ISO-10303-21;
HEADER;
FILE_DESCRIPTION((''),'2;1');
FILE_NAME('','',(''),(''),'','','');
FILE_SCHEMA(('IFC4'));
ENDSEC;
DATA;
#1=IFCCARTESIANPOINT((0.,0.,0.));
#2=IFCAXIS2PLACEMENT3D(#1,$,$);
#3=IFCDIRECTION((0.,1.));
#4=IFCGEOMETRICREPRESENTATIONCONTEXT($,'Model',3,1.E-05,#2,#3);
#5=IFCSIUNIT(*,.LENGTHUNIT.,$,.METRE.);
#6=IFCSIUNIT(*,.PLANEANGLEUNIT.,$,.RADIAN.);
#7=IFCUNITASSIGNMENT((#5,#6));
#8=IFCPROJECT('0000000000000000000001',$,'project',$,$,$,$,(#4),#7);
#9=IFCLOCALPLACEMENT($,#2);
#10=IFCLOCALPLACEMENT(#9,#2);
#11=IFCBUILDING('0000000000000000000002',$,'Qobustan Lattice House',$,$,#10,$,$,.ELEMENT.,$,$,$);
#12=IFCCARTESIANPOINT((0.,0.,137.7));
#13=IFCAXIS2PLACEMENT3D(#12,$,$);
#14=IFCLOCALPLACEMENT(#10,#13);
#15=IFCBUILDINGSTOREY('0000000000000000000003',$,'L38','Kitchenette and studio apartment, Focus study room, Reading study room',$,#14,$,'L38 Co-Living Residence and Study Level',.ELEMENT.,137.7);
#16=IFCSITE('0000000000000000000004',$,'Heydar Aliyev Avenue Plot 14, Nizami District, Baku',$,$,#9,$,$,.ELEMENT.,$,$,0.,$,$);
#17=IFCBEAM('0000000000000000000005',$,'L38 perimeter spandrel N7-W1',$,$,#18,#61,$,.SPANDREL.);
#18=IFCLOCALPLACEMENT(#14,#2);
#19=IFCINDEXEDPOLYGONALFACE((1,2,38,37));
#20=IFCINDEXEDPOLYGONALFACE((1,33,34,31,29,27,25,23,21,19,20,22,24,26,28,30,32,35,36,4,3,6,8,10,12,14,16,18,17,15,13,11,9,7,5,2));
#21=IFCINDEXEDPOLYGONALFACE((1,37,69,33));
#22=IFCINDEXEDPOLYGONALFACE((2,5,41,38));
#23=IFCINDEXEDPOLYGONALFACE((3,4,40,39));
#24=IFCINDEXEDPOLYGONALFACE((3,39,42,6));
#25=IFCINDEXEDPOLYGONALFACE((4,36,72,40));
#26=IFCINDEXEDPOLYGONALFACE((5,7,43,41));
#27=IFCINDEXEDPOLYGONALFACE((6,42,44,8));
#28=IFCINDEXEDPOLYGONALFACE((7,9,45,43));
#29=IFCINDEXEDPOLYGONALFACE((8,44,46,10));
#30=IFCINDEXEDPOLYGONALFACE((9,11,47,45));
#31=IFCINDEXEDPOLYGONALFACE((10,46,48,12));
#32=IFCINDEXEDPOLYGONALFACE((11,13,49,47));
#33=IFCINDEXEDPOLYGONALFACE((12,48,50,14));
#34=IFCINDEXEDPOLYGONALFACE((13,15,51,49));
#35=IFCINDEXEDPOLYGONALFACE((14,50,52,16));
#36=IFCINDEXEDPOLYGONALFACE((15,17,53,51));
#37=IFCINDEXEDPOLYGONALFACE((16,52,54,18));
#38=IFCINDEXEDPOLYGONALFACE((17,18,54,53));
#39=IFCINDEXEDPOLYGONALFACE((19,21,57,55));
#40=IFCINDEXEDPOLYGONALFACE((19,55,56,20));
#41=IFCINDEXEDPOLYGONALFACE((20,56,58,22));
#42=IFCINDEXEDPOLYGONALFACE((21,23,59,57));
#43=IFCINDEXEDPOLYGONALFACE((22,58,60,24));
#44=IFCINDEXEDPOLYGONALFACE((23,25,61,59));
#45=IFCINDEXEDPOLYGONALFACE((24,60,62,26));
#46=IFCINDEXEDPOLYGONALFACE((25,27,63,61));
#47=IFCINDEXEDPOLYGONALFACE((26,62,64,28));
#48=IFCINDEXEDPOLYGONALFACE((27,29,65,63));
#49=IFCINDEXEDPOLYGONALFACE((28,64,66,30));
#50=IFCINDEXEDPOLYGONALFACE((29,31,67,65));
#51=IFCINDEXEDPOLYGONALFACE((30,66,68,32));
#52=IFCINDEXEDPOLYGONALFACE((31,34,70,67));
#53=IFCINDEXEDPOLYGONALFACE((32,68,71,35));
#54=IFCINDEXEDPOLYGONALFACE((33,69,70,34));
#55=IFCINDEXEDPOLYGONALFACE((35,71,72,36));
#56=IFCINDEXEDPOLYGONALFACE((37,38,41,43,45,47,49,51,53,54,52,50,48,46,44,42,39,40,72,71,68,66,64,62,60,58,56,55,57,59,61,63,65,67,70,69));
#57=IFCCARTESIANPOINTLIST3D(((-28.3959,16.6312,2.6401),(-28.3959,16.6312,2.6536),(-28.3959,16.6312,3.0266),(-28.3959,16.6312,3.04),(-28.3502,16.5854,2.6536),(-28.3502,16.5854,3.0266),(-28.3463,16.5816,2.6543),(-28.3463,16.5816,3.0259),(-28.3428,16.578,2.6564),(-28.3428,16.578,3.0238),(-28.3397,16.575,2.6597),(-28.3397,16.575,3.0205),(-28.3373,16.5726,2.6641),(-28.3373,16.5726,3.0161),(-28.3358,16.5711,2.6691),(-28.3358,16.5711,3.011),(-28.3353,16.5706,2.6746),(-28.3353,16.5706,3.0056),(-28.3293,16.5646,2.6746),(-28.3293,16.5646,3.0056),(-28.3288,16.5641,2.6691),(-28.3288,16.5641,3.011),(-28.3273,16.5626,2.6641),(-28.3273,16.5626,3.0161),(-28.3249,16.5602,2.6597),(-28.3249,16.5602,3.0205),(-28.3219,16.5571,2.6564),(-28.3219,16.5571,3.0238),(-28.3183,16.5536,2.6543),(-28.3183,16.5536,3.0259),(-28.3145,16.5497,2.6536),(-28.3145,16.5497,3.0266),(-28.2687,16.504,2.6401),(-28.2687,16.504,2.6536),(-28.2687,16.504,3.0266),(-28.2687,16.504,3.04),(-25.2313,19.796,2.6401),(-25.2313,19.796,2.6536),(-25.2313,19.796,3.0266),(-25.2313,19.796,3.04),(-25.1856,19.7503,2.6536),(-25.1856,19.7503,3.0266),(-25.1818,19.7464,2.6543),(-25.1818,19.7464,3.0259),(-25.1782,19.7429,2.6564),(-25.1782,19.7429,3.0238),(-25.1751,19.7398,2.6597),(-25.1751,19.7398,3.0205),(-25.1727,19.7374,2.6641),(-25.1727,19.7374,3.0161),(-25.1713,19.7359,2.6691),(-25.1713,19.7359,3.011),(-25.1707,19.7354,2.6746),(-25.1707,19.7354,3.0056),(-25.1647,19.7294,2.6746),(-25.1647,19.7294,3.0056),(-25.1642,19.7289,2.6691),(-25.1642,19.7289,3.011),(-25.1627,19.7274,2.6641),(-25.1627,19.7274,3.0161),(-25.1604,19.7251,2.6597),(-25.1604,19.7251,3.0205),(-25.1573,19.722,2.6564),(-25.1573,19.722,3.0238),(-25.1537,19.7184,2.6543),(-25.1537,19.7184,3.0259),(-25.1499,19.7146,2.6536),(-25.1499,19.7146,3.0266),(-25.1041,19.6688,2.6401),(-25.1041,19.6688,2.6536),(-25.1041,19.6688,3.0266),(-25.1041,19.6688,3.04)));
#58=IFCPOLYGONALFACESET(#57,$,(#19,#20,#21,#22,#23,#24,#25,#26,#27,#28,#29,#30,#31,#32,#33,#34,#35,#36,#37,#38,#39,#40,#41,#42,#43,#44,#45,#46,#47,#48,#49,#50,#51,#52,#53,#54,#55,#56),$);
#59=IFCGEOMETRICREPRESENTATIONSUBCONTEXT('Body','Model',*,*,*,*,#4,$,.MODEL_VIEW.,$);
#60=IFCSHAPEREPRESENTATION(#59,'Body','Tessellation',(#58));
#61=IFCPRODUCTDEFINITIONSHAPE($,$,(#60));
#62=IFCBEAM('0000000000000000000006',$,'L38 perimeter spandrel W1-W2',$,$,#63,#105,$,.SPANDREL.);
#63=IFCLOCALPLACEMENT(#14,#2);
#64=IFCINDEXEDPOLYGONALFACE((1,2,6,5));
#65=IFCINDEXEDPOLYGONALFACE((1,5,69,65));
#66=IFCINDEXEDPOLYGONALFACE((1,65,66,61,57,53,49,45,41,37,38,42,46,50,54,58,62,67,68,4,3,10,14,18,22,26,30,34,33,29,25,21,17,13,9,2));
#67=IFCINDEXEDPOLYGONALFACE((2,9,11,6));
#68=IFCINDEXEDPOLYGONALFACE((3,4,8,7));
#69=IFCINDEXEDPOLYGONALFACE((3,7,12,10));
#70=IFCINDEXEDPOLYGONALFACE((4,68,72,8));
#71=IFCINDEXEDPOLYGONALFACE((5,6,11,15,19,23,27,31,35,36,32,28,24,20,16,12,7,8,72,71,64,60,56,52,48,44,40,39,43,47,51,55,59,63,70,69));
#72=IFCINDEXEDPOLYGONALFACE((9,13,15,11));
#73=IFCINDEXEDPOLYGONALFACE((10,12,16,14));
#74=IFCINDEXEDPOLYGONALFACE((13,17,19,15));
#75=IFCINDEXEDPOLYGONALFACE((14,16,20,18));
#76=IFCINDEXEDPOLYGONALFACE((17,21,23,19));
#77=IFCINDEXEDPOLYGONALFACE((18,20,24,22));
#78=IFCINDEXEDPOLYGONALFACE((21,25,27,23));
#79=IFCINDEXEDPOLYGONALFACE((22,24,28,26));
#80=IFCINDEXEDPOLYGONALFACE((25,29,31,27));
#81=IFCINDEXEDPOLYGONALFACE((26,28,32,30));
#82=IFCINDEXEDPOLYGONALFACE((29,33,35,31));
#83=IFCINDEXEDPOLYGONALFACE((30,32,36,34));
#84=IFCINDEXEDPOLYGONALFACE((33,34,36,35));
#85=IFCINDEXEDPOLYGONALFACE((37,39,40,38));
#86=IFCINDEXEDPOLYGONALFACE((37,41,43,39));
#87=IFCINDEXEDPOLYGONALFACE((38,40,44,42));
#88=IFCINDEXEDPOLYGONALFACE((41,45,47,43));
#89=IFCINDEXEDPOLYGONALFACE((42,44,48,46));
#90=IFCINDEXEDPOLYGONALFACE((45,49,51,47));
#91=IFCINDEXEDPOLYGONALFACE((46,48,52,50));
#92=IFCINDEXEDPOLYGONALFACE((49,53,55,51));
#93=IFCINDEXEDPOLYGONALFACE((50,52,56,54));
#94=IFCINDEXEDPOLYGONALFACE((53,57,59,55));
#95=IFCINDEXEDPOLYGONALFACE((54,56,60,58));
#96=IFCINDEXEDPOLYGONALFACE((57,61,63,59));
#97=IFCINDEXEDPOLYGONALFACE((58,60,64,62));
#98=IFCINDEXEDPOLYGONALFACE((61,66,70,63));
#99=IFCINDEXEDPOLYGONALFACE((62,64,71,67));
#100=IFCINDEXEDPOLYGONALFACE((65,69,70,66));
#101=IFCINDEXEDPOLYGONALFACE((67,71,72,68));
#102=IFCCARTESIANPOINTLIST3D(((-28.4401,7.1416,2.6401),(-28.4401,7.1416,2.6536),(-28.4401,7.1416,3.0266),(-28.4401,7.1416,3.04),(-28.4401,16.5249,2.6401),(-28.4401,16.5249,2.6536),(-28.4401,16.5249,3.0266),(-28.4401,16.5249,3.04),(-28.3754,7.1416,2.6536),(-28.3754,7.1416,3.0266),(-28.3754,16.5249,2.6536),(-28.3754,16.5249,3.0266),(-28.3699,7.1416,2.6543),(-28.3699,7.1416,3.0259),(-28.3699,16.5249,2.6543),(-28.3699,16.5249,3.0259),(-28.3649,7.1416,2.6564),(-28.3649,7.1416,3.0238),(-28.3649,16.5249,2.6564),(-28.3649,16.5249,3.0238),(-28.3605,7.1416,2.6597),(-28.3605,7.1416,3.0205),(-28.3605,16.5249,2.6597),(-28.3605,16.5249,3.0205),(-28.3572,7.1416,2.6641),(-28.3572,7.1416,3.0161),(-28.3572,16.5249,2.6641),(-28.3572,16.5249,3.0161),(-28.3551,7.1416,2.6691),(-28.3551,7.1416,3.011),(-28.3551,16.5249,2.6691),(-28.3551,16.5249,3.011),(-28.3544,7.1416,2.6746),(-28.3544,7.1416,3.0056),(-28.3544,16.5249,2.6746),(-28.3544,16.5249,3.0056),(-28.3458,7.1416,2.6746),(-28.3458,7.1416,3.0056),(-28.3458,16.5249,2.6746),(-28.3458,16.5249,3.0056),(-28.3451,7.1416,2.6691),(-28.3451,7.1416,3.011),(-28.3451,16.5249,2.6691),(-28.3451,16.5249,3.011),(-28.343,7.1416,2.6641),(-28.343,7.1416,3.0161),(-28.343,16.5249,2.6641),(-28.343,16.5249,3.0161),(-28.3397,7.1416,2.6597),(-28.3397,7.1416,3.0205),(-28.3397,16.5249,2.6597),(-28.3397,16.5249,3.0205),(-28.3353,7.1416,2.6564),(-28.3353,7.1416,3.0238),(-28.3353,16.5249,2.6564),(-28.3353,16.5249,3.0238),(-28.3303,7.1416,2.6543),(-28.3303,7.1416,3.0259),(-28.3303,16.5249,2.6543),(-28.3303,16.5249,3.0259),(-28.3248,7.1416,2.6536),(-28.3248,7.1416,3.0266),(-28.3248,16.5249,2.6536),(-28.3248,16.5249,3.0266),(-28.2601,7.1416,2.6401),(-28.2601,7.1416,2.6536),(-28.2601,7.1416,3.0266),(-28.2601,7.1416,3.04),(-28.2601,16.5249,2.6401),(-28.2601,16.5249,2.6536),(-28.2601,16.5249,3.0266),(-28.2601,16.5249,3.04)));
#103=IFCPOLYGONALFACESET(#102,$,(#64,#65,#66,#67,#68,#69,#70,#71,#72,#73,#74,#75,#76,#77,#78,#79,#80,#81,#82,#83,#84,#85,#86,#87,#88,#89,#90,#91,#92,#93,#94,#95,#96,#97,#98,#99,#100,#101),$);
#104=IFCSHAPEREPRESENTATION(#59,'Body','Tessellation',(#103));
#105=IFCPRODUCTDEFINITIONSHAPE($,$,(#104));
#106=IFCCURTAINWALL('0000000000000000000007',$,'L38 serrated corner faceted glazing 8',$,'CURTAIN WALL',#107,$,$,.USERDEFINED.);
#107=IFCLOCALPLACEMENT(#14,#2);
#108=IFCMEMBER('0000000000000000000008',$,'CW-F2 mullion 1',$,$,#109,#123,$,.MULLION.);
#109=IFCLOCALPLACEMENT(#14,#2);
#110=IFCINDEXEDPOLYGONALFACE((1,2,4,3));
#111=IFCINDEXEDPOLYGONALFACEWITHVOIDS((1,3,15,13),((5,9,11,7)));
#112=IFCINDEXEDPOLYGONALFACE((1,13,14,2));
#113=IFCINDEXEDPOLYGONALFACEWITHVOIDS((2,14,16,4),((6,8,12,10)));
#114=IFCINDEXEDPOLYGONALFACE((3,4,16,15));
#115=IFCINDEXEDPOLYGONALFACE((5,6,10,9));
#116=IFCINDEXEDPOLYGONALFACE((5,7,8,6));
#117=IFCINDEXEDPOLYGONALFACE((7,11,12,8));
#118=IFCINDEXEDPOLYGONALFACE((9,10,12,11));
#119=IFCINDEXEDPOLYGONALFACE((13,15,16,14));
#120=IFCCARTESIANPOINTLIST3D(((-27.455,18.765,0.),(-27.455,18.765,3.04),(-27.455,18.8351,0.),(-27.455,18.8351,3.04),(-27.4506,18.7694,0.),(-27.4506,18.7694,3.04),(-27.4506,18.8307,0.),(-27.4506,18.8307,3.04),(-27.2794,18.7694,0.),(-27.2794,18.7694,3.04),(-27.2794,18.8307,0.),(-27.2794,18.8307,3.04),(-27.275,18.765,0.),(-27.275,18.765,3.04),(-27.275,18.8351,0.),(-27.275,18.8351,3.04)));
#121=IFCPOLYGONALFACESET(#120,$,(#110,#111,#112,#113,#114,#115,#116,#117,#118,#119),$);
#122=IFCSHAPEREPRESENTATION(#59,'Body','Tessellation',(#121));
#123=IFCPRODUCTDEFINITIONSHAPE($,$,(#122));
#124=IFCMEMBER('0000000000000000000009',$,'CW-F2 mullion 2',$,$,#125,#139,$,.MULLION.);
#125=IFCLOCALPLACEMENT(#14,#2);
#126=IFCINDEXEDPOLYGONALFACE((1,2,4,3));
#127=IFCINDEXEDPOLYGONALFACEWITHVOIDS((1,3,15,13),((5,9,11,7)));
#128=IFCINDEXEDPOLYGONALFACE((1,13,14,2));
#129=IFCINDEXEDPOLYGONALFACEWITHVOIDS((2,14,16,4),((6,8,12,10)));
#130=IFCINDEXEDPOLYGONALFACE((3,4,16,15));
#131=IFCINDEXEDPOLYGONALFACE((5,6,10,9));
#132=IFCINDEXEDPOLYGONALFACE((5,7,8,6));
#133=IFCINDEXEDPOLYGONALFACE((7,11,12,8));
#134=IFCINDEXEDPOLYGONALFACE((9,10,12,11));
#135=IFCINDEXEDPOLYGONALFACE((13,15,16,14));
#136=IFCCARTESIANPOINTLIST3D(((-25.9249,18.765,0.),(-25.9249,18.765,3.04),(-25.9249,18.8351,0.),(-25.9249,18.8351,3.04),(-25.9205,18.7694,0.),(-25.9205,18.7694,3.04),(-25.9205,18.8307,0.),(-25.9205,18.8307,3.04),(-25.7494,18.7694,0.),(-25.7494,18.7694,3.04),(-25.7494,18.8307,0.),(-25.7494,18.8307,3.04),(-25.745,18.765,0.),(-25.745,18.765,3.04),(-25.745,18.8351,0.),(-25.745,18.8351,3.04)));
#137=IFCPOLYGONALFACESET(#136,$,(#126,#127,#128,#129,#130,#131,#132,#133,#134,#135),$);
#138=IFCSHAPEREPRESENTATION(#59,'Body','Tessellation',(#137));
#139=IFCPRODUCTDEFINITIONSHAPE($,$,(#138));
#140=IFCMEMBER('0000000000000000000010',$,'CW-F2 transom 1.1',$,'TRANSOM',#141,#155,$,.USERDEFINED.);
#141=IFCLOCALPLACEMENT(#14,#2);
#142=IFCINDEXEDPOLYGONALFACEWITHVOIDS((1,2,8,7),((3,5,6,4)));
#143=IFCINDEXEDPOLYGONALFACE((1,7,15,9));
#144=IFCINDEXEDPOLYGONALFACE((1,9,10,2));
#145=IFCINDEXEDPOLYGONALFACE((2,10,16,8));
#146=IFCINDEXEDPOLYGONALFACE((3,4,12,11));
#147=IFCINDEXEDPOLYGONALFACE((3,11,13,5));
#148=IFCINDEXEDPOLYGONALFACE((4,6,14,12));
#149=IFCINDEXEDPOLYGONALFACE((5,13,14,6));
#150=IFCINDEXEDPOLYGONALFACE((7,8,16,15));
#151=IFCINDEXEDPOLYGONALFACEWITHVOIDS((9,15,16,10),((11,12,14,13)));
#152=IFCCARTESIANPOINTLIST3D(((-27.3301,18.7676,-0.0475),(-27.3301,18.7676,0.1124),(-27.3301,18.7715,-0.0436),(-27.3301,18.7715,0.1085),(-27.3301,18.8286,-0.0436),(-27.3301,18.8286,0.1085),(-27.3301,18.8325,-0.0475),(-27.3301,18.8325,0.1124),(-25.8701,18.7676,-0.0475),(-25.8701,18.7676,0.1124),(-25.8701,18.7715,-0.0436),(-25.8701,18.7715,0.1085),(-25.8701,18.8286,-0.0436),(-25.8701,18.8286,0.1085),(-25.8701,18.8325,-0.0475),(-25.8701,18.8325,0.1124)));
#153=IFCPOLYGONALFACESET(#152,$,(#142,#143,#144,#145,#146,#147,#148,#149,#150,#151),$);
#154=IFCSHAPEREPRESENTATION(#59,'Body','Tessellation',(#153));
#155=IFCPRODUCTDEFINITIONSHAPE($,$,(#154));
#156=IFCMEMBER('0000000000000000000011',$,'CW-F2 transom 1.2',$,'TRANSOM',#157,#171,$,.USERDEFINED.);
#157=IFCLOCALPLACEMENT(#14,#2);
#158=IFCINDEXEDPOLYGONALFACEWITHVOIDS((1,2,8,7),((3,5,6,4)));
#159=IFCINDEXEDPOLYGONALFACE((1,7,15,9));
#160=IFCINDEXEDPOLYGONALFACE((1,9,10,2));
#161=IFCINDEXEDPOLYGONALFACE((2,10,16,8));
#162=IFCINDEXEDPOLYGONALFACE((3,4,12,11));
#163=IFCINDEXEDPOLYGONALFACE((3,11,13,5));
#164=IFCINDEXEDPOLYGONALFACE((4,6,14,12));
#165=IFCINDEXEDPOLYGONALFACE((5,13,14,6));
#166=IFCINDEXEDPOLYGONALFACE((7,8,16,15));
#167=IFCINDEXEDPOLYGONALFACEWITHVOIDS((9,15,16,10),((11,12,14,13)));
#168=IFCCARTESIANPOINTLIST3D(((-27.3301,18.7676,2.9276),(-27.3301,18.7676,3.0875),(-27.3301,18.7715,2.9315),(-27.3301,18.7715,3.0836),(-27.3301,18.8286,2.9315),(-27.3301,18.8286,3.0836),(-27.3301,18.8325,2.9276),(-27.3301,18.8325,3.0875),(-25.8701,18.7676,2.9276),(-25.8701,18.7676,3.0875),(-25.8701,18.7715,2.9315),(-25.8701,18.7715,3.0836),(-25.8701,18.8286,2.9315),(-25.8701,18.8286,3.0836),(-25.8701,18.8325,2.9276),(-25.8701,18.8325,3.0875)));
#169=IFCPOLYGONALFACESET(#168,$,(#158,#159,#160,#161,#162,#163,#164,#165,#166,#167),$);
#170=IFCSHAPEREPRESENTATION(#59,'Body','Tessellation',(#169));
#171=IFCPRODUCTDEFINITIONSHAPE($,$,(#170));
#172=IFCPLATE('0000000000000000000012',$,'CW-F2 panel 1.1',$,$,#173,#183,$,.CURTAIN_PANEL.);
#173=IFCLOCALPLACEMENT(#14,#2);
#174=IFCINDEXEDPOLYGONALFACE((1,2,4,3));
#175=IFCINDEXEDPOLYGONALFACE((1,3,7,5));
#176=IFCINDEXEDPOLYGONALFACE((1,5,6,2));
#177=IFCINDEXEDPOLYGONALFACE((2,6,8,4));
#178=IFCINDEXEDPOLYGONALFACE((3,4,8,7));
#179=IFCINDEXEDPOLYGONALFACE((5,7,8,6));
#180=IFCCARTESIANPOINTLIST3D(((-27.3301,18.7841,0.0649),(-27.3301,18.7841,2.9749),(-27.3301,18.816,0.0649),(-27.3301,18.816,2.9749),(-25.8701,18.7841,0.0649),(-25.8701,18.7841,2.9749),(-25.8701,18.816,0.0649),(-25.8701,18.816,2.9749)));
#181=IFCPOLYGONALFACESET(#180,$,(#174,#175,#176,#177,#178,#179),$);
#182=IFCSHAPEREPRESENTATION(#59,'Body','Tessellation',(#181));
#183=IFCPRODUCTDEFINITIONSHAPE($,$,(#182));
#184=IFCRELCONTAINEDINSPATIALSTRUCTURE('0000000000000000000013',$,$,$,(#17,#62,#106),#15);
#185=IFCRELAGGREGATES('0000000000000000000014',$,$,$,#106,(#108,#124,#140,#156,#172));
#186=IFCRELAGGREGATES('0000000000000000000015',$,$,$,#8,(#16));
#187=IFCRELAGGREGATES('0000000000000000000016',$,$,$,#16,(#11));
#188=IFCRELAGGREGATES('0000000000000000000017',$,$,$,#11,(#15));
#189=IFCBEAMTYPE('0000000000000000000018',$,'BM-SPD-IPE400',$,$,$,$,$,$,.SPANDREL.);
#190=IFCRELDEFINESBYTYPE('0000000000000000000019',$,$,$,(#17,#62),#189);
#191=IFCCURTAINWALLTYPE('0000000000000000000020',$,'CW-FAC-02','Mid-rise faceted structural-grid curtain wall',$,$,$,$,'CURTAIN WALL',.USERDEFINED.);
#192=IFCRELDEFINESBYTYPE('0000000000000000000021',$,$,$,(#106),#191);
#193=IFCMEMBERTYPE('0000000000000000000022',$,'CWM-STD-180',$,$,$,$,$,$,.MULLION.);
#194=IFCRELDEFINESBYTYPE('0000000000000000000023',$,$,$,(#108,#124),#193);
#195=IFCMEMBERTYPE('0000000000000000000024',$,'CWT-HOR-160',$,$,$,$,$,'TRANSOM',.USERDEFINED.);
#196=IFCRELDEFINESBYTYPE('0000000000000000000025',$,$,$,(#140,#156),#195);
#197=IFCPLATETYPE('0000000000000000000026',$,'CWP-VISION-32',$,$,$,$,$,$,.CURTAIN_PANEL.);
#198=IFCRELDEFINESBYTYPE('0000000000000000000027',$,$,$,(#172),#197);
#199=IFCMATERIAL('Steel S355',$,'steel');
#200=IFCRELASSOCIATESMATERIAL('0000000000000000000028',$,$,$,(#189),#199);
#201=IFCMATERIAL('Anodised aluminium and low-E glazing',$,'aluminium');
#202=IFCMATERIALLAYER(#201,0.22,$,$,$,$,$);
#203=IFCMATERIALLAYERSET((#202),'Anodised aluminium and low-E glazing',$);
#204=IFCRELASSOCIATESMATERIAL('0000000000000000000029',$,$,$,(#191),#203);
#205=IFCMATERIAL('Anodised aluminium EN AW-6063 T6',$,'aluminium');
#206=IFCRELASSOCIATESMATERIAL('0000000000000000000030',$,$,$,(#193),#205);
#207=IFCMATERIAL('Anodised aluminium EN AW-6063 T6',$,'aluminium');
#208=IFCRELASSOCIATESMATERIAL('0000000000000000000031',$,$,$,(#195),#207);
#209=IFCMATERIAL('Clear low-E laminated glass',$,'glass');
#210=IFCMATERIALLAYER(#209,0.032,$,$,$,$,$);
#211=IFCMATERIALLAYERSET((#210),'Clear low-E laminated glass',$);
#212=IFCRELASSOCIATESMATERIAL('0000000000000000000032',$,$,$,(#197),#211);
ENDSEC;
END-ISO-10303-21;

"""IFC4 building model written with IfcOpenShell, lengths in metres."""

from ifc_helpers import new_model, si_unit, direction, frame, origin, origin_2d, place, context, subcontext, project, spatial, rectangle, hollow_rectangle, i_section, extrude, material, layer, layer_set, material_profile, profile_set, type_object, element, aggregate, save


model = new_model("IFC4")

# Units and contexts
model_context = context("Model", 3, precision=1e-05, world=origin(), true_north=direction((0.0, 1.0)))
body_context = subcontext(model_context, "Body", "Model", "MODEL_VIEW")
ifc_project = project(units=[si_unit("LENGTHUNIT", "METRE"), si_unit("PLANEANGLEUNIT", "RADIAN")], contexts=[model_context])

# Site, building, storey
site_placement = place(None, origin())
site = spatial("IfcSite", under=ifc_project, at=site_placement, Name="Heydar Aliyev Avenue Plot 14, Nizami District, Baku", CompositionType="ELEMENT", RefElevation=0.0)
building_placement = place(site_placement, origin())
building = spatial("IfcBuilding", under=site, at=building_placement, Name="Qobustan Lattice House", CompositionType="ELEMENT")
storey_placement = place(building_placement, frame((0.0, 0.0, 137.7)))
storey = spatial("IfcBuildingStorey", under=building, at=storey_placement, Name="L38", Description="Kitchenette and studio apartment, Focus study room, Reading study room", LongName="L38 Co-Living Residence and Study Level", CompositionType="ELEMENT", Elevation=137.7)

# Beams
ifc_material_1 = material(Name="Steel S355", Category="steel")
ifc_material_profile_1 = material_profile(ifc_material_1, i_section(OverallWidth=0.1799, OverallDepth=0.3999, WebThickness=0.0085, FlangeThickness=0.0134, FilletRadius=0.021, at=origin_2d()), Name="IPE400")
ifc_profile_set_1 = profile_set([ifc_material_profile_1], Name="Steel S355")
beam_type_1 = type_object("IfcBeamType", Name="BM-SPD-IPE400", PredefinedType="SPANDREL", material=ifc_profile_set_1)
beam_1_placement = place(storey_placement, frame((-25.1677, 19.7324, 2.8401), z_axis=(-0.70708, -0.707134, 0.0), x_axis=(0.707134, -0.70708, 0.0)))
element("IfcBeam", 1, at=beam_1_placement, inside=storey, type_object=beam_type_1, Name="L38 perimeter spandrel N7-W1", PredefinedType="SPANDREL", context=body_context, shape_type="SweptSolid", body=[
    extrude(i_section(OverallWidth=0.1799, OverallDepth=0.3999, WebThickness=0.0085, FlangeThickness=0.0134, FilletRadius=0.021, at=origin_2d()), origin(), (0.0, 0.0, 1.0), 4.4756),
])
beam_2_placement = place(storey_placement, frame((-28.3501, 16.5249, 2.8401), z_axis=(0.0, -1.0, 0.0), x_axis=(1.0, 0.0, 0.0)))
element("IfcBeam", 2, at=beam_2_placement, inside=storey, type_object=beam_type_1, Name="L38 perimeter spandrel W1-W2", PredefinedType="SPANDREL", context=body_context, shape_type="SweptSolid", body=[
    extrude(i_section(OverallWidth=0.1799, OverallDepth=0.3999, WebThickness=0.0085, FlangeThickness=0.0134, FilletRadius=0.021, at=origin_2d()), origin(), (0.0, 0.0, 1.0), 9.3833),
])

# Curtain wall, members, plate
ifc_material_2 = material(Name="Anodised aluminium and low-E glazing", Category="aluminium")
ifc_layer_1 = layer(ifc_material_2, 0.22)
ifc_layer_set_1 = layer_set([ifc_layer_1], Name="Anodised aluminium and low-E glazing")
curtain_wall_type = type_object("IfcCurtainWallType", Name="CW-FAC-02", Description="Mid-rise faceted structural-grid curtain wall", ElementType="CURTAIN WALL", PredefinedType="USERDEFINED", material=ifc_layer_set_1)
curtain_wall_placement = place(storey_placement, origin())
curtain_wall = element("IfcCurtainWall", 3, at=curtain_wall_placement, inside=storey, type_object=curtain_wall_type, Name="L38 serrated corner faceted glazing 8", ObjectType="CURTAIN WALL", PredefinedType="USERDEFINED")
ifc_material_3 = material(Name="Anodised aluminium EN AW-6063 T6", Category="aluminium")
ifc_material_profile_2 = material_profile(ifc_material_3, hollow_rectangle(XDim=0.0701, YDim=0.1799, WallThickness=0.0044, at=origin_2d()), Name="CWM-180x70")
ifc_profile_set_2 = profile_set([ifc_material_profile_2], Name="Anodised aluminium EN AW-6063 T6")
member_type_1 = type_object("IfcMemberType", Name="CWM-STD-180", PredefinedType="MULLION", material=ifc_profile_set_2)
member_1_placement = place(storey_placement, frame((-27.365, 18.8, 0.0), z_axis=(0.0, 0.0, 1.0), x_axis=(0.0, 1.0, 0.0)))
member_1 = element("IfcMember", 4, at=member_1_placement, type_object=member_type_1, Name="CW-F2 mullion 1", PredefinedType="MULLION", context=body_context, shape_type="SweptSolid", body=[
    extrude(hollow_rectangle(XDim=0.0701, YDim=0.1799, WallThickness=0.0044, at=origin_2d()), origin(), (0.0, 0.0, 1.0), 3.04),
])
member_2_placement = place(storey_placement, frame((-25.835, 18.8, 0.0), z_axis=(0.0, 0.0, 1.0), x_axis=(0.0, 1.0, 0.0)))
member_2 = element("IfcMember", 5, at=member_2_placement, type_object=member_type_1, Name="CW-F2 mullion 2", PredefinedType="MULLION", context=body_context, shape_type="SweptSolid", body=[
    extrude(hollow_rectangle(XDim=0.0701, YDim=0.1799, WallThickness=0.0044, at=origin_2d()), origin(), (0.0, 0.0, 1.0), 3.04),
])
ifc_material_4 = material(Name="Anodised aluminium EN AW-6063 T6", Category="aluminium")
ifc_material_profile_3 = material_profile(ifc_material_4, hollow_rectangle(XDim=0.0649, YDim=0.1599, WallThickness=0.0039, at=origin_2d()), Name="CWT-160x65")
ifc_profile_set_3 = profile_set([ifc_material_profile_3], Name="Anodised aluminium EN AW-6063 T6")
member_type_2 = type_object("IfcMemberType", Name="CWT-HOR-160", ElementType="TRANSOM", PredefinedType="USERDEFINED", material=ifc_profile_set_3)
member_3_placement = place(storey_placement, frame((-27.3301, 18.8, 0.0325), z_axis=(1.0, 0.0, 0.0), x_axis=(0.0, 1.0, 0.0)))
member_3 = element("IfcMember", 6, at=member_3_placement, type_object=member_type_2, Name="CW-F2 transom 1.1", ObjectType="TRANSOM", PredefinedType="USERDEFINED", context=body_context, shape_type="SweptSolid", body=[
    extrude(hollow_rectangle(XDim=0.0649, YDim=0.1599, WallThickness=0.0039, at=origin_2d()), origin(), (0.0, 0.0, 1.0), 1.46),
])
member_4_placement = place(storey_placement, frame((-27.3301, 18.8, 3.0076), z_axis=(1.0, 0.0, 0.0), x_axis=(0.0, 1.0, 0.0)))
member_4 = element("IfcMember", 7, at=member_4_placement, type_object=member_type_2, Name="CW-F2 transom 1.2", ObjectType="TRANSOM", PredefinedType="USERDEFINED", context=body_context, shape_type="SweptSolid", body=[
    extrude(hollow_rectangle(XDim=0.0649, YDim=0.1599, WallThickness=0.0039, at=origin_2d()), origin(), (0.0, 0.0, 1.0), 1.46),
])
ifc_material_5 = material(Name="Clear low-E laminated glass", Category="glass")
ifc_layer_2 = layer(ifc_material_5, 0.032)
ifc_layer_set_2 = layer_set([ifc_layer_2], Name="Clear low-E laminated glass")
plate_type_1 = type_object("IfcPlateType", Name="CWP-VISION-32", PredefinedType="CURTAIN_PANEL", material=ifc_layer_set_2)
plate_1_placement = place(storey_placement, frame((-26.6001, 18.8, 0.0649), z_axis=(0.0, 0.0, 1.0), x_axis=(1.0, 0.0, 0.0)))
plate_1 = element("IfcPlate", 8, at=plate_1_placement, type_object=plate_type_1, Name="CW-F2 panel 1.1", PredefinedType="CURTAIN_PANEL", context=body_context, shape_type="SweptSolid", body=[
    extrude(rectangle(XDim=1.46, YDim=0.032, at=origin_2d()), origin(), (0.0, 0.0, 1.0), 2.9099),
])
aggregate(curtain_wall, [member_1, member_2, member_3, member_4, plate_1])

save(model, "model.ifc")
